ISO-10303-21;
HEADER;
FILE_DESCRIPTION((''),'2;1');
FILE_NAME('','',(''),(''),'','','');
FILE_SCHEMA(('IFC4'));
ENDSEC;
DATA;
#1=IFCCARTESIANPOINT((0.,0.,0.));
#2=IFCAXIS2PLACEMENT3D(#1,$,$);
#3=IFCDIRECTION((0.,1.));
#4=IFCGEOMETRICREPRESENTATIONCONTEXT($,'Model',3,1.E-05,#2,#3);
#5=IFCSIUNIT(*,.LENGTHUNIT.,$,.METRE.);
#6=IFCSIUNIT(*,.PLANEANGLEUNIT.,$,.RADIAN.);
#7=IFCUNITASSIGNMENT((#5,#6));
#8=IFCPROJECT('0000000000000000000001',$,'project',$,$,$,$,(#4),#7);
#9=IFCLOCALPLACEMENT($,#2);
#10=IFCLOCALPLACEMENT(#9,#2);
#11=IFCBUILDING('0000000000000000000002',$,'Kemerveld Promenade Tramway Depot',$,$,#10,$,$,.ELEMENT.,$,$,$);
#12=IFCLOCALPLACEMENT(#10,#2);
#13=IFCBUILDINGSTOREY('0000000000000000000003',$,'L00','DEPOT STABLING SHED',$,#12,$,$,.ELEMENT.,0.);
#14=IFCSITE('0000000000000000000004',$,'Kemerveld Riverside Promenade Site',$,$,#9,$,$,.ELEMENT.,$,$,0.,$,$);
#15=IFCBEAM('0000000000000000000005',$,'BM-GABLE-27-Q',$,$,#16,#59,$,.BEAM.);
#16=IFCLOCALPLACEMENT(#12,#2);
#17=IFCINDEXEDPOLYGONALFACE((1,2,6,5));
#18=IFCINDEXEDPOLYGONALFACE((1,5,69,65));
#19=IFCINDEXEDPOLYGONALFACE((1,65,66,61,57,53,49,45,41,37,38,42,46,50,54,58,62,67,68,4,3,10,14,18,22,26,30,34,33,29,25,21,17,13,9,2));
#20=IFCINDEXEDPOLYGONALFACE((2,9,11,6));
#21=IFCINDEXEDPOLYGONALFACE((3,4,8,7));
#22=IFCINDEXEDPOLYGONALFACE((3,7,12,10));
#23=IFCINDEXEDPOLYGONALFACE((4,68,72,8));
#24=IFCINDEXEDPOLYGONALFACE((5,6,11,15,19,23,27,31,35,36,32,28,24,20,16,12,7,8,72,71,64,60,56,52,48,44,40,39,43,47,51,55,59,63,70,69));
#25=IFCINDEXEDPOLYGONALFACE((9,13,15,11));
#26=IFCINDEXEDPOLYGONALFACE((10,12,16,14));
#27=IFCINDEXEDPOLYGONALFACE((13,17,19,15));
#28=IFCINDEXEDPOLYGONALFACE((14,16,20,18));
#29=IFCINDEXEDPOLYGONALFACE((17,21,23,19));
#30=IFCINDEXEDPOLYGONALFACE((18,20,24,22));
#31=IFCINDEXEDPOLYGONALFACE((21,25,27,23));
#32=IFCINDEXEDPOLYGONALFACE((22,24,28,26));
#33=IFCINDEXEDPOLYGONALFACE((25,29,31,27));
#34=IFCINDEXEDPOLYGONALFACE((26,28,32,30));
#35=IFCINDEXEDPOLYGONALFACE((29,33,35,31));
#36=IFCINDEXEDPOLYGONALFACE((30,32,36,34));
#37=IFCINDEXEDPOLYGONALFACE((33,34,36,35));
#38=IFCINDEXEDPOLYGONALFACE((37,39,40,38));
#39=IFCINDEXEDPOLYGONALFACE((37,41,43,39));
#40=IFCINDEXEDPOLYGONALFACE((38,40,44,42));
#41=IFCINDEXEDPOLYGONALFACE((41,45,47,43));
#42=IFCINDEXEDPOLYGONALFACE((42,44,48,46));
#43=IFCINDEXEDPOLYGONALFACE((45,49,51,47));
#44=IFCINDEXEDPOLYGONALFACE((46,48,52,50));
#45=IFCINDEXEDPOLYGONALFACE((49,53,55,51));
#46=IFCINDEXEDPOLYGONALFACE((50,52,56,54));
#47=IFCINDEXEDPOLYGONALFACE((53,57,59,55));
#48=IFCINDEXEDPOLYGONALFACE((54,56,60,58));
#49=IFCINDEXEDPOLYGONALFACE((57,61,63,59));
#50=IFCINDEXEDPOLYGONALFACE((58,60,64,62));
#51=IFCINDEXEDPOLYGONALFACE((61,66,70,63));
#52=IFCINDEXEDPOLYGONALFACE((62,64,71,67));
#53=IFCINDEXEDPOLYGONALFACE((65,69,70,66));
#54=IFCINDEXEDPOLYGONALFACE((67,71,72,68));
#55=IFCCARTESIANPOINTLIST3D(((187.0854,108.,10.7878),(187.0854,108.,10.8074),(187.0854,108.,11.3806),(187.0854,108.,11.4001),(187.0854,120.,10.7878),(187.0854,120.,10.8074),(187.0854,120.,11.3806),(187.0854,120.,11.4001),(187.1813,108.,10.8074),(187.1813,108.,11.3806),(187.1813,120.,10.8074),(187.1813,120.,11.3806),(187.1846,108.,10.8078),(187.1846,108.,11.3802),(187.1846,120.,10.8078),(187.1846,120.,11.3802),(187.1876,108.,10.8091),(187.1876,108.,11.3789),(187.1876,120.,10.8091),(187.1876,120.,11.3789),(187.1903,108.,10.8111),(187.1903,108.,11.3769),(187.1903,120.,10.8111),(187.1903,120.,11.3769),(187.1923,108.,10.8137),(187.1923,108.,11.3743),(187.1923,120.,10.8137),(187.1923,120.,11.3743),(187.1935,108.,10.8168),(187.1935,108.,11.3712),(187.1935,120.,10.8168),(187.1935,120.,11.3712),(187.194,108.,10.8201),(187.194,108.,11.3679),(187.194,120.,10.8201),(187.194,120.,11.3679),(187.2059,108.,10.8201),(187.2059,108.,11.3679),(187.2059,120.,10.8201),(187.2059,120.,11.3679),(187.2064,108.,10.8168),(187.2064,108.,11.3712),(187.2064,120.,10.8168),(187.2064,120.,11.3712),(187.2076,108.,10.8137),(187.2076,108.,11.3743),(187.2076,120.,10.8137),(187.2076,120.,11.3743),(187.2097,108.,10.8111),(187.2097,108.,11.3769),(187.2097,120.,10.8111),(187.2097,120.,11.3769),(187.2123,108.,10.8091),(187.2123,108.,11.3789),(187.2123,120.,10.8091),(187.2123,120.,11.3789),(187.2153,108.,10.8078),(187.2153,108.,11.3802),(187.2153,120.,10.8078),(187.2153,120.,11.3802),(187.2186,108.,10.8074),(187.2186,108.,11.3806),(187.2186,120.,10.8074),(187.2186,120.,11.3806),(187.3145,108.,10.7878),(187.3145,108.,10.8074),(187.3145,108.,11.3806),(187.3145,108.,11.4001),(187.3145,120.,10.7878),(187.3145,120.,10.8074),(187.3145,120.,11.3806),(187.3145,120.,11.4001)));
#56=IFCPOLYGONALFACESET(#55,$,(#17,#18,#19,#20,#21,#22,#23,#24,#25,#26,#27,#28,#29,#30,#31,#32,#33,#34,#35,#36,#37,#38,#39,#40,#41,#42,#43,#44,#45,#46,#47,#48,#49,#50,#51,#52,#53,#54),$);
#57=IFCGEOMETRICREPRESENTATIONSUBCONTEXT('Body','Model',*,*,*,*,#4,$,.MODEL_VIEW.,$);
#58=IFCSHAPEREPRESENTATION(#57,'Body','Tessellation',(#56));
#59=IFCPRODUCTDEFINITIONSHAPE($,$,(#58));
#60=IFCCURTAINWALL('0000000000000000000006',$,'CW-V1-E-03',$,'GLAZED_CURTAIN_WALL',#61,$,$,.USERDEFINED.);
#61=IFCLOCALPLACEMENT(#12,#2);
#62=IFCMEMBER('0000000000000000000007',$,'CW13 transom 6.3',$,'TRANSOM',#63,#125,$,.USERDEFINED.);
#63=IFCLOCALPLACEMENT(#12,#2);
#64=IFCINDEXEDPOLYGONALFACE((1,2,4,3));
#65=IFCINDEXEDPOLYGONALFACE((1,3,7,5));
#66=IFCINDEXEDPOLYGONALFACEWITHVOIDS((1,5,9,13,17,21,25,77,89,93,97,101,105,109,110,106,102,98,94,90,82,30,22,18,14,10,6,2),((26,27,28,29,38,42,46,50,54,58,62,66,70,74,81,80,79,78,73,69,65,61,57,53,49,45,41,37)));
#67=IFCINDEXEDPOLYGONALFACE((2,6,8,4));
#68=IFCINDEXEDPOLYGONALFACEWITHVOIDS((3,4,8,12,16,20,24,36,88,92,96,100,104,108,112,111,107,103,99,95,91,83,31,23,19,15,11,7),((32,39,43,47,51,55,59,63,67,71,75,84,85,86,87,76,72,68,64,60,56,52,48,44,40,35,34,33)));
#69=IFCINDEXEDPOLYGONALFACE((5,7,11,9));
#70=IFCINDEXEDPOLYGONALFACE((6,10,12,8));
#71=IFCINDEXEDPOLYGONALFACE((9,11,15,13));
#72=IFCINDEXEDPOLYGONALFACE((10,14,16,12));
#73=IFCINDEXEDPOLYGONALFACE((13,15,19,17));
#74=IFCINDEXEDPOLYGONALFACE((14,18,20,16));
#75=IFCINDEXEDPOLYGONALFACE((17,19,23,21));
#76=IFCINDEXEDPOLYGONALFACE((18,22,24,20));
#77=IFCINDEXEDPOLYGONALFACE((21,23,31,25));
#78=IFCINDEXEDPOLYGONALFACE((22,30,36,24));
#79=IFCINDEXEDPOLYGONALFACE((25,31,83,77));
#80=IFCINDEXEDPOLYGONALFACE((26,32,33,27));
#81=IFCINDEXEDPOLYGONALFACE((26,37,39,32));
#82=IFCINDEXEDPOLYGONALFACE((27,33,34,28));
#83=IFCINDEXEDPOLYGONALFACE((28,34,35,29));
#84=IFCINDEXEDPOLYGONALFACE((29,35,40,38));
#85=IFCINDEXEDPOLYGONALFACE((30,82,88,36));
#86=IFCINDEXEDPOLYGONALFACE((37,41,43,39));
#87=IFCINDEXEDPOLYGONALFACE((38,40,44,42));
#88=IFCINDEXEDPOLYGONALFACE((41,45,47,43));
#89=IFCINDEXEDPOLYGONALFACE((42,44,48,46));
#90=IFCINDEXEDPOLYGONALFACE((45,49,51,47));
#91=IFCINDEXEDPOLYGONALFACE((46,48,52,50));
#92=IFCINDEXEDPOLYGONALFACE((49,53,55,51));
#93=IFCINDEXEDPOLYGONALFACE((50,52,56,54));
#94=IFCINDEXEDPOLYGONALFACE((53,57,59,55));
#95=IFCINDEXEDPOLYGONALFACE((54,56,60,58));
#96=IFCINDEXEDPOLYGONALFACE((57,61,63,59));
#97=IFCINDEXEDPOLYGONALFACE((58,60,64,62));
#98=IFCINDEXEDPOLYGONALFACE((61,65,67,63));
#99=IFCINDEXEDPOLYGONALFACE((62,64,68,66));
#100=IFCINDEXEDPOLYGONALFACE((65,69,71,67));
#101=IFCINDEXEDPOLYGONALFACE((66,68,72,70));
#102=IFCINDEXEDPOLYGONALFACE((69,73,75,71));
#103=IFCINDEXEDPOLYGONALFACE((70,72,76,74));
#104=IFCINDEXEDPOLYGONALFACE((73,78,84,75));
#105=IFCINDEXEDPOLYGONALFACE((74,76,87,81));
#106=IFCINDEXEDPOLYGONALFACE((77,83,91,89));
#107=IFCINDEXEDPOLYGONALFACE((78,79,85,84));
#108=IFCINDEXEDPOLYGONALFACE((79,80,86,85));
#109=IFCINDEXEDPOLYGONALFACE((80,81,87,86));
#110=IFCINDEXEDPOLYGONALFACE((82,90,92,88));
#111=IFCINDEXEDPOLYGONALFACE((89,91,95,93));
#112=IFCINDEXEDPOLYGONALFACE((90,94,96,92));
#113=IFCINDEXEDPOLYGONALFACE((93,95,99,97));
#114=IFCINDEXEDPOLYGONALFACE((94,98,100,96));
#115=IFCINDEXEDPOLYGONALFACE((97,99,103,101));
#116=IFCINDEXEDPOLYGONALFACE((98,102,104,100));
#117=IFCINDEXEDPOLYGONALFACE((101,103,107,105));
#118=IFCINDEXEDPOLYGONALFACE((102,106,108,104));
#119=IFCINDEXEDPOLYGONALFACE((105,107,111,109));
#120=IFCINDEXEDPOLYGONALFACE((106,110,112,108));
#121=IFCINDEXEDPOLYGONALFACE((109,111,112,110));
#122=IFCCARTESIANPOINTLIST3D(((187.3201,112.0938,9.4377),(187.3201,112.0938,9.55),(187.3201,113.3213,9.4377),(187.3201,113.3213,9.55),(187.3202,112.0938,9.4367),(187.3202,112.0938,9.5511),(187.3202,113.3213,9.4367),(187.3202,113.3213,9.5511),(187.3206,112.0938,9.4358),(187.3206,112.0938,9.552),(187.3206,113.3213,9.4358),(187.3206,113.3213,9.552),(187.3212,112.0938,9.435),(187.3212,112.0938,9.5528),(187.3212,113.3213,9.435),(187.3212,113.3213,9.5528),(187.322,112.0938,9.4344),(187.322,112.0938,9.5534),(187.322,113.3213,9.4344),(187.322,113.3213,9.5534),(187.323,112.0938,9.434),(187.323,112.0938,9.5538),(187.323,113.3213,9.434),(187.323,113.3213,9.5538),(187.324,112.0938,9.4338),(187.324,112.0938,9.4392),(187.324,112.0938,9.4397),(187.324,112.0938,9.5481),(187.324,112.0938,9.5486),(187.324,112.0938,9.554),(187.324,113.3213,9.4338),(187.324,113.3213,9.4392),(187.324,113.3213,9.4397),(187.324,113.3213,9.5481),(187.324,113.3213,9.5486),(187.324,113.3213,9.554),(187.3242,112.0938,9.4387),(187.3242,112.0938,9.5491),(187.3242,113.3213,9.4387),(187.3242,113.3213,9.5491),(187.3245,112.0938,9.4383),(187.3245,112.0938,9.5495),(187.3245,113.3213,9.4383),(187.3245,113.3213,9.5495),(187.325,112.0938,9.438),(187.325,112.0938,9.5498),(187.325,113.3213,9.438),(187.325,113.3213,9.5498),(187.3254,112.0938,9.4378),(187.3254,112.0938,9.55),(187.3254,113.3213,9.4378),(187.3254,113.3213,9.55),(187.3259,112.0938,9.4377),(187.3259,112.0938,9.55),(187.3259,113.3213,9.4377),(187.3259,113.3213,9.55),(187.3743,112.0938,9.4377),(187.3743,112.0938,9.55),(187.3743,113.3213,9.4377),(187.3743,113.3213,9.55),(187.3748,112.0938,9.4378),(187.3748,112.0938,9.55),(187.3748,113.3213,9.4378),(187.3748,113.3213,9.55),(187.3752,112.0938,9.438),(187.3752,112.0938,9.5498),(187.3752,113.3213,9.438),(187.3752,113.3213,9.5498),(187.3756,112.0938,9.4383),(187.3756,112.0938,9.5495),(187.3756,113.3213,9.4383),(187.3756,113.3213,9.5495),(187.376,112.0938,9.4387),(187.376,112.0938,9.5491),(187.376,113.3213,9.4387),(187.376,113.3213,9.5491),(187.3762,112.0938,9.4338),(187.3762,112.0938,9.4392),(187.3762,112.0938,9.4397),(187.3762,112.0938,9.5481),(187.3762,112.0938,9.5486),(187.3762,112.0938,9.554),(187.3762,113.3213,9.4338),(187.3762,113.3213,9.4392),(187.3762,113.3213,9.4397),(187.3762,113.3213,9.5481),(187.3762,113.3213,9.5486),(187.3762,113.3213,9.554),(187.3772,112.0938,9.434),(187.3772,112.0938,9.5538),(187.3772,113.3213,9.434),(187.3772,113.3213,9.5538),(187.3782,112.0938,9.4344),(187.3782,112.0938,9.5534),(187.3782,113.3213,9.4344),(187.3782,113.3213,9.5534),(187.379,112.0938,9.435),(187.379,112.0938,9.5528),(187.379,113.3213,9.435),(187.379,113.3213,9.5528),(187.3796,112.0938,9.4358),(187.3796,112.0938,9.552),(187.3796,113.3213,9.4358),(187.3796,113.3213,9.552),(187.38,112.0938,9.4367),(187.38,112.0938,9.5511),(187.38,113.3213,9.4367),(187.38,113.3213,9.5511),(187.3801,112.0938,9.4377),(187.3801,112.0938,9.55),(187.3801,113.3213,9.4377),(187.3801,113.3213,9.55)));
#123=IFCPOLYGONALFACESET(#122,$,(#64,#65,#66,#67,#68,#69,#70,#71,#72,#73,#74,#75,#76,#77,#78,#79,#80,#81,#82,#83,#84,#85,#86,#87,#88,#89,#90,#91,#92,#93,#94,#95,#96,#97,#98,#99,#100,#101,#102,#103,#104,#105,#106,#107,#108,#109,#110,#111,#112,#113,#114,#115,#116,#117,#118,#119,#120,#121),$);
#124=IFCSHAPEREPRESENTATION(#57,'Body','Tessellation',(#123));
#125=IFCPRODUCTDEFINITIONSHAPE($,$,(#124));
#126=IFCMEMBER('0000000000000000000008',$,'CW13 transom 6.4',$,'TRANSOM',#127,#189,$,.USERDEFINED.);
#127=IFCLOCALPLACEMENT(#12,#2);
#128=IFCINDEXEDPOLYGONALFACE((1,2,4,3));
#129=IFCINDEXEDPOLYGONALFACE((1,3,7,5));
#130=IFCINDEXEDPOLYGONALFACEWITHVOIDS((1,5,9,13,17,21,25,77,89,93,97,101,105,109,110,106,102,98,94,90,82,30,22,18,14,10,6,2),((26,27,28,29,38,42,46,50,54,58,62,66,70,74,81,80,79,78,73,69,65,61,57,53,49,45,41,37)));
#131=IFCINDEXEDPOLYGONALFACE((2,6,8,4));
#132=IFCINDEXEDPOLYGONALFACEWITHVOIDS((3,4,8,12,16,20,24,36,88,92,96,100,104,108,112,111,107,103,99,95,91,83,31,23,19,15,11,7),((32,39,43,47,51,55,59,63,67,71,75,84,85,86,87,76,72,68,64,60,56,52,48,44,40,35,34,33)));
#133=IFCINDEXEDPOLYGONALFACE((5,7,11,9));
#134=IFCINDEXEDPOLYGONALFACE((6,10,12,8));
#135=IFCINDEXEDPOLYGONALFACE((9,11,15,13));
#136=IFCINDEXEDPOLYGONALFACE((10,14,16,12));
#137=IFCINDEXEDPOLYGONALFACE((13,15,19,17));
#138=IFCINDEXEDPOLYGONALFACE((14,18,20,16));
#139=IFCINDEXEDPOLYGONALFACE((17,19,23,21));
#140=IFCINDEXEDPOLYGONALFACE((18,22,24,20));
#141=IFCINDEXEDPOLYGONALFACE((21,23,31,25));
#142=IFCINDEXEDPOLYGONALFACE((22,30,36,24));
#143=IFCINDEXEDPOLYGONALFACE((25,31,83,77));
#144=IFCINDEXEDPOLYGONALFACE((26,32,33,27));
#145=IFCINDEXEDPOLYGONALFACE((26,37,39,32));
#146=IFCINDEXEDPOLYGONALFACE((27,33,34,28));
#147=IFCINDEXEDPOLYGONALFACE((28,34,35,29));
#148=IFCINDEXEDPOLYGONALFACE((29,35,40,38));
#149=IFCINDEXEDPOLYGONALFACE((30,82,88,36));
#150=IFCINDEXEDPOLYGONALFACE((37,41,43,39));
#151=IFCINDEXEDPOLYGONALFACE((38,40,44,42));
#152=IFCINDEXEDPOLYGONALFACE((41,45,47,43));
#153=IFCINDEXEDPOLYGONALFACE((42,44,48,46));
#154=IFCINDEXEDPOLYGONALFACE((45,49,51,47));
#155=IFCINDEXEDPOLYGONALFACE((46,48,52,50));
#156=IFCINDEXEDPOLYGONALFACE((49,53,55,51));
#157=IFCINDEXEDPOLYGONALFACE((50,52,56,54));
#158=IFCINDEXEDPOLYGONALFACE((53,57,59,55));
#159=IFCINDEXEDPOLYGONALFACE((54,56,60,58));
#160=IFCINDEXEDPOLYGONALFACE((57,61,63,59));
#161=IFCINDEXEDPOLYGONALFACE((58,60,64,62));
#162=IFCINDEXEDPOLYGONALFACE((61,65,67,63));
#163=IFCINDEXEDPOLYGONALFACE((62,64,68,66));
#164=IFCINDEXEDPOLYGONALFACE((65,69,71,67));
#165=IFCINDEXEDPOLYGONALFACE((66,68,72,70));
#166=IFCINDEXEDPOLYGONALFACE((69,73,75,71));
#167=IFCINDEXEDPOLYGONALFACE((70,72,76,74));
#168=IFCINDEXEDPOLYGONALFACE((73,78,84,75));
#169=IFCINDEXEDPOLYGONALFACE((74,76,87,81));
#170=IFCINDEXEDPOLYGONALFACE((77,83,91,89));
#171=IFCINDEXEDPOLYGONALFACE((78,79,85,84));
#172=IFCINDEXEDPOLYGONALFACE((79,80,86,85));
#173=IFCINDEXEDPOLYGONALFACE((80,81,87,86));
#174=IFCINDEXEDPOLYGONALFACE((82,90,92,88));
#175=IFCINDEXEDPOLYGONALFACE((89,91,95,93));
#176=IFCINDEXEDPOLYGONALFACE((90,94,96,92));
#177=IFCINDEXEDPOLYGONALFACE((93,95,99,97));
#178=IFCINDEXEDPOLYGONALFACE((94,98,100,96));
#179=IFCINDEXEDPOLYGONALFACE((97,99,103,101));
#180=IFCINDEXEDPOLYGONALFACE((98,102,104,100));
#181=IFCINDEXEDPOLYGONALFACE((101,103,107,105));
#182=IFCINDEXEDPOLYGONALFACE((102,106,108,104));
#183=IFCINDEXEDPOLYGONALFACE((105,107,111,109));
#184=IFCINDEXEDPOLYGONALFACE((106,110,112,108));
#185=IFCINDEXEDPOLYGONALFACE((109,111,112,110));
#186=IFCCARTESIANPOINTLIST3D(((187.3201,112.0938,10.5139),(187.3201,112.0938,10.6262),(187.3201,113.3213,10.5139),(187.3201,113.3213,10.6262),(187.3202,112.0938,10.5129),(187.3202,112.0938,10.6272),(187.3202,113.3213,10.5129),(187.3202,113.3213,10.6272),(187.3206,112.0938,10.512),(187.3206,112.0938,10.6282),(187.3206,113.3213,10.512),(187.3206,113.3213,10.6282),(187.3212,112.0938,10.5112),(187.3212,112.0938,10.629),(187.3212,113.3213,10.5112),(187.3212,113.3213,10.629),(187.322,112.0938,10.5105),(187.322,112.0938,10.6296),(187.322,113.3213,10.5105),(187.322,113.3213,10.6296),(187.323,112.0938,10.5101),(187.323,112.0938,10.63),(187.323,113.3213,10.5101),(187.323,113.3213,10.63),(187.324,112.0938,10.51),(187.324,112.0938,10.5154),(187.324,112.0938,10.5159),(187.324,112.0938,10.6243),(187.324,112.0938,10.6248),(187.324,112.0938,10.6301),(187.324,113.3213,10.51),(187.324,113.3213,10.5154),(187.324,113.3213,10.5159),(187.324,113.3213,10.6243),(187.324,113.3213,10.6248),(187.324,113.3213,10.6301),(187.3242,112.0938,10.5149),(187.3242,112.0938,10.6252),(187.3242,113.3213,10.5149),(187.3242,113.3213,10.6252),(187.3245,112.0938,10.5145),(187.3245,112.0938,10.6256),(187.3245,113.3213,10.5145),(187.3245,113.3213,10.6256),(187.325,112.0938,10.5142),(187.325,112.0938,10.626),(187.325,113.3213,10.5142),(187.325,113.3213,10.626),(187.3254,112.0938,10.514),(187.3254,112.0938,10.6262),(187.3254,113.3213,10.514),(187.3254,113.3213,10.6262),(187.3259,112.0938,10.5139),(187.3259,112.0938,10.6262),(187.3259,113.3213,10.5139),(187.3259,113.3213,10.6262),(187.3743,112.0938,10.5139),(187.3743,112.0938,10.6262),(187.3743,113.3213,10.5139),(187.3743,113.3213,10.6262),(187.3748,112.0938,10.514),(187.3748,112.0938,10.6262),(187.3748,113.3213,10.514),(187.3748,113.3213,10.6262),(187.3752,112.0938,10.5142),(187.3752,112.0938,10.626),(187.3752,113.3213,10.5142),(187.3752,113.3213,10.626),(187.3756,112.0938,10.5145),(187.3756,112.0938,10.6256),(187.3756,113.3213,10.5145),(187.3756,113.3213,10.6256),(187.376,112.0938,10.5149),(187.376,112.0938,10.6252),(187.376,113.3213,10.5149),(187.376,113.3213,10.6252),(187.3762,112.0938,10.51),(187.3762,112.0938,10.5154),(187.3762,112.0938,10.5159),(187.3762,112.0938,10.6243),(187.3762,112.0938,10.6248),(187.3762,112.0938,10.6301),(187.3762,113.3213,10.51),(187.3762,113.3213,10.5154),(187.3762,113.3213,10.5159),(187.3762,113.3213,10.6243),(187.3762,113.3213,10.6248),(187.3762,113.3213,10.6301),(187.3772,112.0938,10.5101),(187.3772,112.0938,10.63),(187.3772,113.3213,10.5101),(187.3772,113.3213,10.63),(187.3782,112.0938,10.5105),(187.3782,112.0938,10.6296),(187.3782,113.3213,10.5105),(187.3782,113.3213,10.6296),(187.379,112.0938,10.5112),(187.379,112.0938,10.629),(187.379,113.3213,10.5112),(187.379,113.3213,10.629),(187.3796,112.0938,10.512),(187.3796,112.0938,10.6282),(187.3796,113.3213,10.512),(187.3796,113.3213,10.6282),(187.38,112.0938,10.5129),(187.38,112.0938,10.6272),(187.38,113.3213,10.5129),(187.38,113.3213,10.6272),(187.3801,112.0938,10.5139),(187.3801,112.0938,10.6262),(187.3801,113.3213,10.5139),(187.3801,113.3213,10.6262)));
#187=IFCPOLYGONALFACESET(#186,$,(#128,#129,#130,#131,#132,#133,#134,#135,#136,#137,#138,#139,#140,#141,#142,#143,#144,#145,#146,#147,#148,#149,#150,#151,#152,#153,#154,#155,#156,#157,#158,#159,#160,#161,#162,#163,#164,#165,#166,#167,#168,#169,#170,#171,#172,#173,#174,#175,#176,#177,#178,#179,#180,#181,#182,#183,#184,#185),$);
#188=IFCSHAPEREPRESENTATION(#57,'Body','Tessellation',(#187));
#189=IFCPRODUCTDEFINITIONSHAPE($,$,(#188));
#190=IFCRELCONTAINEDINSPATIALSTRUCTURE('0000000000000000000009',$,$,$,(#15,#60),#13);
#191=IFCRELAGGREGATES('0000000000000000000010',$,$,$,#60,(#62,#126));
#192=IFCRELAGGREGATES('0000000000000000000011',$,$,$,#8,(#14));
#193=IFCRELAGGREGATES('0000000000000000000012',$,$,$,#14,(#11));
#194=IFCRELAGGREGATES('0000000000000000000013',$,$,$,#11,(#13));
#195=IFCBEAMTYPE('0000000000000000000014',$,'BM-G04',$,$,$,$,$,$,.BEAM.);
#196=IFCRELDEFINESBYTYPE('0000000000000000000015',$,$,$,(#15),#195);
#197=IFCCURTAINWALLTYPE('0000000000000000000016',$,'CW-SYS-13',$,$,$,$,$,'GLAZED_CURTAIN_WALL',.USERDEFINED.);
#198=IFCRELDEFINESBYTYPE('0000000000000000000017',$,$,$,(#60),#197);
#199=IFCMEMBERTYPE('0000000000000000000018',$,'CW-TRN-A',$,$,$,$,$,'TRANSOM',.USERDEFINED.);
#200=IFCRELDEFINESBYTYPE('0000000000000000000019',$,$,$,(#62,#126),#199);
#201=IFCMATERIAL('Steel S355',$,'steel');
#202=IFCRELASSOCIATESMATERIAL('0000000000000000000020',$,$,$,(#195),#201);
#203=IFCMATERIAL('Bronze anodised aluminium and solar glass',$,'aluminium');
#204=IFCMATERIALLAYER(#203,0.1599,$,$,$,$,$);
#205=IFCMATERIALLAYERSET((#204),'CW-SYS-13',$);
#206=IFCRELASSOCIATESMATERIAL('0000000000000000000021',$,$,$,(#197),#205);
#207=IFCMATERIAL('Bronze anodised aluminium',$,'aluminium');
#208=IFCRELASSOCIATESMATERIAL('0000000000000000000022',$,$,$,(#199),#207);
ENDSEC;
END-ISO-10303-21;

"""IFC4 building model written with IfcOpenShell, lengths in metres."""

from ifc_helpers import new_model, si_unit, direction, frame, origin, origin_2d, place, context, subcontext, project, spatial, hollow_rectangle, i_section, extrude, material, layer, layer_set, material_profile, profile_set, type_object, element, aggregate, save


model = new_model("IFC4")

# Units and contexts
model_context = context("Model", 3, precision=1e-05, world=origin(), true_north=direction((0.0, 1.0)))
body_context = subcontext(model_context, "Body", "Model", "MODEL_VIEW")
ifc_project = project(units=[si_unit("LENGTHUNIT", "METRE"), si_unit("PLANEANGLEUNIT", "RADIAN")], contexts=[model_context])

# Site, building, storey
site_placement = place(None, origin())
site = spatial("IfcSite", under=ifc_project, at=site_placement, Name="Kemerveld Riverside Promenade Site", CompositionType="ELEMENT", RefElevation=0.0)
building_placement = place(site_placement, origin())
building = spatial("IfcBuilding", under=site, at=building_placement, Name="Kemerveld Promenade Tramway Depot", CompositionType="ELEMENT")
storey_placement = place(building_placement, origin())
storey = spatial("IfcBuildingStorey", under=building, at=storey_placement, Name="L00", Description="DEPOT STABLING SHED", CompositionType="ELEMENT", Elevation=0.0)

# Beam
ifc_material_1 = material(Name="Steel S355", Category="steel")
ifc_material_profile_1 = material_profile(ifc_material_1, i_section(OverallWidth=0.229, OverallDepth=0.6123, WebThickness=0.012, FlangeThickness=0.0195, FilletRadius=0.0127, at=origin_2d()), Name="610x229x125 UB")
ifc_profile_set_1 = profile_set([ifc_material_profile_1], Name="Steel S355")
beam_type = type_object("IfcBeamType", Name="BM-G04", PredefinedType="BEAM", material=ifc_profile_set_1)
beam_placement = place(storey_placement, frame((187.2, 108.0, 11.094), z_axis=(0.0, 1.0, 0.0), x_axis=(-1.0, 0.0, 0.0)))
element("IfcBeam", 1, at=beam_placement, inside=storey, type_object=beam_type, Name="BM-GABLE-27-Q", PredefinedType="BEAM", context=body_context, shape_type="SweptSolid", body=[
    extrude(i_section(OverallWidth=0.229, OverallDepth=0.6123, WebThickness=0.012, FlangeThickness=0.0195, FilletRadius=0.0127, at=origin_2d()), origin(), (0.0, 0.0, 1.0), 12.0),
])

# Curtain wall, members
ifc_material_2 = material(Name="Bronze anodised aluminium and solar glass", Category="aluminium")
ifc_layer_1 = layer(ifc_material_2, 0.1599)
ifc_layer_set_1 = layer_set([ifc_layer_1], Name="CW-SYS-13")
curtain_wall_type_1 = type_object("IfcCurtainWallType", Name="CW-SYS-13", ElementType="GLAZED_CURTAIN_WALL", PredefinedType="USERDEFINED", material=ifc_layer_set_1)
curtain_wall_1_placement = place(storey_placement, origin())
curtain_wall_1 = element("IfcCurtainWall", 2, at=curtain_wall_1_placement, inside=storey, type_object=curtain_wall_type_1, Name="CW-V1-E-03", ObjectType="GLAZED_CURTAIN_WALL", PredefinedType="USERDEFINED")
ifc_material_3 = material(Name="Bronze anodised aluminium", Category="aluminium")
ifc_material_profile_2 = material_profile(ifc_material_3, hollow_rectangle(XDim=0.0601, YDim=0.1201, WallThickness=0.0039, InnerFilletRadius=0.002, OuterFilletRadius=0.0039, at=origin_2d()), Name="CW-TRN-120x60")
ifc_profile_set_2 = profile_set([ifc_material_profile_2], Name="Bronze anodised aluminium")
member_type_1 = type_object("IfcMemberType", Name="CW-TRN-A", ElementType="TRANSOM", PredefinedType="USERDEFINED", material=ifc_profile_set_2)
member_1_placement = place(storey_placement, frame((187.3501, 113.3213, 9.4939), z_axis=(0.0, -1.0, 0.0), x_axis=(1.0, 0.0, 0.0)))
member_1 = element("IfcMember", 3, at=member_1_placement, type_object=member_type_1, Name="CW13 transom 6.3", ObjectType="TRANSOM", PredefinedType="USERDEFINED", context=body_context, shape_type="SweptSolid", body=[
    extrude(hollow_rectangle(XDim=0.0601, YDim=0.1201, WallThickness=0.0039, InnerFilletRadius=0.002, OuterFilletRadius=0.0039, at=origin_2d()), origin(), (0.0, 0.0, 1.0), 1.2275),
])
member_2_placement = place(storey_placement, frame((187.3501, 113.3213, 10.5701), z_axis=(0.0, -1.0, 0.0), x_axis=(1.0, 0.0, 0.0)))
member_2 = element("IfcMember", 4, at=member_2_placement, type_object=member_type_1, Name="CW13 transom 6.4", ObjectType="TRANSOM", PredefinedType="USERDEFINED", context=body_context, shape_type="SweptSolid", body=[
    extrude(hollow_rectangle(XDim=0.0601, YDim=0.1201, WallThickness=0.0039, InnerFilletRadius=0.002, OuterFilletRadius=0.0039, at=origin_2d()), origin(), (0.0, 0.0, 1.0), 1.2275),
])

aggregate(curtain_wall_1, [member_1, member_2])

save(model, "model.ifc")
